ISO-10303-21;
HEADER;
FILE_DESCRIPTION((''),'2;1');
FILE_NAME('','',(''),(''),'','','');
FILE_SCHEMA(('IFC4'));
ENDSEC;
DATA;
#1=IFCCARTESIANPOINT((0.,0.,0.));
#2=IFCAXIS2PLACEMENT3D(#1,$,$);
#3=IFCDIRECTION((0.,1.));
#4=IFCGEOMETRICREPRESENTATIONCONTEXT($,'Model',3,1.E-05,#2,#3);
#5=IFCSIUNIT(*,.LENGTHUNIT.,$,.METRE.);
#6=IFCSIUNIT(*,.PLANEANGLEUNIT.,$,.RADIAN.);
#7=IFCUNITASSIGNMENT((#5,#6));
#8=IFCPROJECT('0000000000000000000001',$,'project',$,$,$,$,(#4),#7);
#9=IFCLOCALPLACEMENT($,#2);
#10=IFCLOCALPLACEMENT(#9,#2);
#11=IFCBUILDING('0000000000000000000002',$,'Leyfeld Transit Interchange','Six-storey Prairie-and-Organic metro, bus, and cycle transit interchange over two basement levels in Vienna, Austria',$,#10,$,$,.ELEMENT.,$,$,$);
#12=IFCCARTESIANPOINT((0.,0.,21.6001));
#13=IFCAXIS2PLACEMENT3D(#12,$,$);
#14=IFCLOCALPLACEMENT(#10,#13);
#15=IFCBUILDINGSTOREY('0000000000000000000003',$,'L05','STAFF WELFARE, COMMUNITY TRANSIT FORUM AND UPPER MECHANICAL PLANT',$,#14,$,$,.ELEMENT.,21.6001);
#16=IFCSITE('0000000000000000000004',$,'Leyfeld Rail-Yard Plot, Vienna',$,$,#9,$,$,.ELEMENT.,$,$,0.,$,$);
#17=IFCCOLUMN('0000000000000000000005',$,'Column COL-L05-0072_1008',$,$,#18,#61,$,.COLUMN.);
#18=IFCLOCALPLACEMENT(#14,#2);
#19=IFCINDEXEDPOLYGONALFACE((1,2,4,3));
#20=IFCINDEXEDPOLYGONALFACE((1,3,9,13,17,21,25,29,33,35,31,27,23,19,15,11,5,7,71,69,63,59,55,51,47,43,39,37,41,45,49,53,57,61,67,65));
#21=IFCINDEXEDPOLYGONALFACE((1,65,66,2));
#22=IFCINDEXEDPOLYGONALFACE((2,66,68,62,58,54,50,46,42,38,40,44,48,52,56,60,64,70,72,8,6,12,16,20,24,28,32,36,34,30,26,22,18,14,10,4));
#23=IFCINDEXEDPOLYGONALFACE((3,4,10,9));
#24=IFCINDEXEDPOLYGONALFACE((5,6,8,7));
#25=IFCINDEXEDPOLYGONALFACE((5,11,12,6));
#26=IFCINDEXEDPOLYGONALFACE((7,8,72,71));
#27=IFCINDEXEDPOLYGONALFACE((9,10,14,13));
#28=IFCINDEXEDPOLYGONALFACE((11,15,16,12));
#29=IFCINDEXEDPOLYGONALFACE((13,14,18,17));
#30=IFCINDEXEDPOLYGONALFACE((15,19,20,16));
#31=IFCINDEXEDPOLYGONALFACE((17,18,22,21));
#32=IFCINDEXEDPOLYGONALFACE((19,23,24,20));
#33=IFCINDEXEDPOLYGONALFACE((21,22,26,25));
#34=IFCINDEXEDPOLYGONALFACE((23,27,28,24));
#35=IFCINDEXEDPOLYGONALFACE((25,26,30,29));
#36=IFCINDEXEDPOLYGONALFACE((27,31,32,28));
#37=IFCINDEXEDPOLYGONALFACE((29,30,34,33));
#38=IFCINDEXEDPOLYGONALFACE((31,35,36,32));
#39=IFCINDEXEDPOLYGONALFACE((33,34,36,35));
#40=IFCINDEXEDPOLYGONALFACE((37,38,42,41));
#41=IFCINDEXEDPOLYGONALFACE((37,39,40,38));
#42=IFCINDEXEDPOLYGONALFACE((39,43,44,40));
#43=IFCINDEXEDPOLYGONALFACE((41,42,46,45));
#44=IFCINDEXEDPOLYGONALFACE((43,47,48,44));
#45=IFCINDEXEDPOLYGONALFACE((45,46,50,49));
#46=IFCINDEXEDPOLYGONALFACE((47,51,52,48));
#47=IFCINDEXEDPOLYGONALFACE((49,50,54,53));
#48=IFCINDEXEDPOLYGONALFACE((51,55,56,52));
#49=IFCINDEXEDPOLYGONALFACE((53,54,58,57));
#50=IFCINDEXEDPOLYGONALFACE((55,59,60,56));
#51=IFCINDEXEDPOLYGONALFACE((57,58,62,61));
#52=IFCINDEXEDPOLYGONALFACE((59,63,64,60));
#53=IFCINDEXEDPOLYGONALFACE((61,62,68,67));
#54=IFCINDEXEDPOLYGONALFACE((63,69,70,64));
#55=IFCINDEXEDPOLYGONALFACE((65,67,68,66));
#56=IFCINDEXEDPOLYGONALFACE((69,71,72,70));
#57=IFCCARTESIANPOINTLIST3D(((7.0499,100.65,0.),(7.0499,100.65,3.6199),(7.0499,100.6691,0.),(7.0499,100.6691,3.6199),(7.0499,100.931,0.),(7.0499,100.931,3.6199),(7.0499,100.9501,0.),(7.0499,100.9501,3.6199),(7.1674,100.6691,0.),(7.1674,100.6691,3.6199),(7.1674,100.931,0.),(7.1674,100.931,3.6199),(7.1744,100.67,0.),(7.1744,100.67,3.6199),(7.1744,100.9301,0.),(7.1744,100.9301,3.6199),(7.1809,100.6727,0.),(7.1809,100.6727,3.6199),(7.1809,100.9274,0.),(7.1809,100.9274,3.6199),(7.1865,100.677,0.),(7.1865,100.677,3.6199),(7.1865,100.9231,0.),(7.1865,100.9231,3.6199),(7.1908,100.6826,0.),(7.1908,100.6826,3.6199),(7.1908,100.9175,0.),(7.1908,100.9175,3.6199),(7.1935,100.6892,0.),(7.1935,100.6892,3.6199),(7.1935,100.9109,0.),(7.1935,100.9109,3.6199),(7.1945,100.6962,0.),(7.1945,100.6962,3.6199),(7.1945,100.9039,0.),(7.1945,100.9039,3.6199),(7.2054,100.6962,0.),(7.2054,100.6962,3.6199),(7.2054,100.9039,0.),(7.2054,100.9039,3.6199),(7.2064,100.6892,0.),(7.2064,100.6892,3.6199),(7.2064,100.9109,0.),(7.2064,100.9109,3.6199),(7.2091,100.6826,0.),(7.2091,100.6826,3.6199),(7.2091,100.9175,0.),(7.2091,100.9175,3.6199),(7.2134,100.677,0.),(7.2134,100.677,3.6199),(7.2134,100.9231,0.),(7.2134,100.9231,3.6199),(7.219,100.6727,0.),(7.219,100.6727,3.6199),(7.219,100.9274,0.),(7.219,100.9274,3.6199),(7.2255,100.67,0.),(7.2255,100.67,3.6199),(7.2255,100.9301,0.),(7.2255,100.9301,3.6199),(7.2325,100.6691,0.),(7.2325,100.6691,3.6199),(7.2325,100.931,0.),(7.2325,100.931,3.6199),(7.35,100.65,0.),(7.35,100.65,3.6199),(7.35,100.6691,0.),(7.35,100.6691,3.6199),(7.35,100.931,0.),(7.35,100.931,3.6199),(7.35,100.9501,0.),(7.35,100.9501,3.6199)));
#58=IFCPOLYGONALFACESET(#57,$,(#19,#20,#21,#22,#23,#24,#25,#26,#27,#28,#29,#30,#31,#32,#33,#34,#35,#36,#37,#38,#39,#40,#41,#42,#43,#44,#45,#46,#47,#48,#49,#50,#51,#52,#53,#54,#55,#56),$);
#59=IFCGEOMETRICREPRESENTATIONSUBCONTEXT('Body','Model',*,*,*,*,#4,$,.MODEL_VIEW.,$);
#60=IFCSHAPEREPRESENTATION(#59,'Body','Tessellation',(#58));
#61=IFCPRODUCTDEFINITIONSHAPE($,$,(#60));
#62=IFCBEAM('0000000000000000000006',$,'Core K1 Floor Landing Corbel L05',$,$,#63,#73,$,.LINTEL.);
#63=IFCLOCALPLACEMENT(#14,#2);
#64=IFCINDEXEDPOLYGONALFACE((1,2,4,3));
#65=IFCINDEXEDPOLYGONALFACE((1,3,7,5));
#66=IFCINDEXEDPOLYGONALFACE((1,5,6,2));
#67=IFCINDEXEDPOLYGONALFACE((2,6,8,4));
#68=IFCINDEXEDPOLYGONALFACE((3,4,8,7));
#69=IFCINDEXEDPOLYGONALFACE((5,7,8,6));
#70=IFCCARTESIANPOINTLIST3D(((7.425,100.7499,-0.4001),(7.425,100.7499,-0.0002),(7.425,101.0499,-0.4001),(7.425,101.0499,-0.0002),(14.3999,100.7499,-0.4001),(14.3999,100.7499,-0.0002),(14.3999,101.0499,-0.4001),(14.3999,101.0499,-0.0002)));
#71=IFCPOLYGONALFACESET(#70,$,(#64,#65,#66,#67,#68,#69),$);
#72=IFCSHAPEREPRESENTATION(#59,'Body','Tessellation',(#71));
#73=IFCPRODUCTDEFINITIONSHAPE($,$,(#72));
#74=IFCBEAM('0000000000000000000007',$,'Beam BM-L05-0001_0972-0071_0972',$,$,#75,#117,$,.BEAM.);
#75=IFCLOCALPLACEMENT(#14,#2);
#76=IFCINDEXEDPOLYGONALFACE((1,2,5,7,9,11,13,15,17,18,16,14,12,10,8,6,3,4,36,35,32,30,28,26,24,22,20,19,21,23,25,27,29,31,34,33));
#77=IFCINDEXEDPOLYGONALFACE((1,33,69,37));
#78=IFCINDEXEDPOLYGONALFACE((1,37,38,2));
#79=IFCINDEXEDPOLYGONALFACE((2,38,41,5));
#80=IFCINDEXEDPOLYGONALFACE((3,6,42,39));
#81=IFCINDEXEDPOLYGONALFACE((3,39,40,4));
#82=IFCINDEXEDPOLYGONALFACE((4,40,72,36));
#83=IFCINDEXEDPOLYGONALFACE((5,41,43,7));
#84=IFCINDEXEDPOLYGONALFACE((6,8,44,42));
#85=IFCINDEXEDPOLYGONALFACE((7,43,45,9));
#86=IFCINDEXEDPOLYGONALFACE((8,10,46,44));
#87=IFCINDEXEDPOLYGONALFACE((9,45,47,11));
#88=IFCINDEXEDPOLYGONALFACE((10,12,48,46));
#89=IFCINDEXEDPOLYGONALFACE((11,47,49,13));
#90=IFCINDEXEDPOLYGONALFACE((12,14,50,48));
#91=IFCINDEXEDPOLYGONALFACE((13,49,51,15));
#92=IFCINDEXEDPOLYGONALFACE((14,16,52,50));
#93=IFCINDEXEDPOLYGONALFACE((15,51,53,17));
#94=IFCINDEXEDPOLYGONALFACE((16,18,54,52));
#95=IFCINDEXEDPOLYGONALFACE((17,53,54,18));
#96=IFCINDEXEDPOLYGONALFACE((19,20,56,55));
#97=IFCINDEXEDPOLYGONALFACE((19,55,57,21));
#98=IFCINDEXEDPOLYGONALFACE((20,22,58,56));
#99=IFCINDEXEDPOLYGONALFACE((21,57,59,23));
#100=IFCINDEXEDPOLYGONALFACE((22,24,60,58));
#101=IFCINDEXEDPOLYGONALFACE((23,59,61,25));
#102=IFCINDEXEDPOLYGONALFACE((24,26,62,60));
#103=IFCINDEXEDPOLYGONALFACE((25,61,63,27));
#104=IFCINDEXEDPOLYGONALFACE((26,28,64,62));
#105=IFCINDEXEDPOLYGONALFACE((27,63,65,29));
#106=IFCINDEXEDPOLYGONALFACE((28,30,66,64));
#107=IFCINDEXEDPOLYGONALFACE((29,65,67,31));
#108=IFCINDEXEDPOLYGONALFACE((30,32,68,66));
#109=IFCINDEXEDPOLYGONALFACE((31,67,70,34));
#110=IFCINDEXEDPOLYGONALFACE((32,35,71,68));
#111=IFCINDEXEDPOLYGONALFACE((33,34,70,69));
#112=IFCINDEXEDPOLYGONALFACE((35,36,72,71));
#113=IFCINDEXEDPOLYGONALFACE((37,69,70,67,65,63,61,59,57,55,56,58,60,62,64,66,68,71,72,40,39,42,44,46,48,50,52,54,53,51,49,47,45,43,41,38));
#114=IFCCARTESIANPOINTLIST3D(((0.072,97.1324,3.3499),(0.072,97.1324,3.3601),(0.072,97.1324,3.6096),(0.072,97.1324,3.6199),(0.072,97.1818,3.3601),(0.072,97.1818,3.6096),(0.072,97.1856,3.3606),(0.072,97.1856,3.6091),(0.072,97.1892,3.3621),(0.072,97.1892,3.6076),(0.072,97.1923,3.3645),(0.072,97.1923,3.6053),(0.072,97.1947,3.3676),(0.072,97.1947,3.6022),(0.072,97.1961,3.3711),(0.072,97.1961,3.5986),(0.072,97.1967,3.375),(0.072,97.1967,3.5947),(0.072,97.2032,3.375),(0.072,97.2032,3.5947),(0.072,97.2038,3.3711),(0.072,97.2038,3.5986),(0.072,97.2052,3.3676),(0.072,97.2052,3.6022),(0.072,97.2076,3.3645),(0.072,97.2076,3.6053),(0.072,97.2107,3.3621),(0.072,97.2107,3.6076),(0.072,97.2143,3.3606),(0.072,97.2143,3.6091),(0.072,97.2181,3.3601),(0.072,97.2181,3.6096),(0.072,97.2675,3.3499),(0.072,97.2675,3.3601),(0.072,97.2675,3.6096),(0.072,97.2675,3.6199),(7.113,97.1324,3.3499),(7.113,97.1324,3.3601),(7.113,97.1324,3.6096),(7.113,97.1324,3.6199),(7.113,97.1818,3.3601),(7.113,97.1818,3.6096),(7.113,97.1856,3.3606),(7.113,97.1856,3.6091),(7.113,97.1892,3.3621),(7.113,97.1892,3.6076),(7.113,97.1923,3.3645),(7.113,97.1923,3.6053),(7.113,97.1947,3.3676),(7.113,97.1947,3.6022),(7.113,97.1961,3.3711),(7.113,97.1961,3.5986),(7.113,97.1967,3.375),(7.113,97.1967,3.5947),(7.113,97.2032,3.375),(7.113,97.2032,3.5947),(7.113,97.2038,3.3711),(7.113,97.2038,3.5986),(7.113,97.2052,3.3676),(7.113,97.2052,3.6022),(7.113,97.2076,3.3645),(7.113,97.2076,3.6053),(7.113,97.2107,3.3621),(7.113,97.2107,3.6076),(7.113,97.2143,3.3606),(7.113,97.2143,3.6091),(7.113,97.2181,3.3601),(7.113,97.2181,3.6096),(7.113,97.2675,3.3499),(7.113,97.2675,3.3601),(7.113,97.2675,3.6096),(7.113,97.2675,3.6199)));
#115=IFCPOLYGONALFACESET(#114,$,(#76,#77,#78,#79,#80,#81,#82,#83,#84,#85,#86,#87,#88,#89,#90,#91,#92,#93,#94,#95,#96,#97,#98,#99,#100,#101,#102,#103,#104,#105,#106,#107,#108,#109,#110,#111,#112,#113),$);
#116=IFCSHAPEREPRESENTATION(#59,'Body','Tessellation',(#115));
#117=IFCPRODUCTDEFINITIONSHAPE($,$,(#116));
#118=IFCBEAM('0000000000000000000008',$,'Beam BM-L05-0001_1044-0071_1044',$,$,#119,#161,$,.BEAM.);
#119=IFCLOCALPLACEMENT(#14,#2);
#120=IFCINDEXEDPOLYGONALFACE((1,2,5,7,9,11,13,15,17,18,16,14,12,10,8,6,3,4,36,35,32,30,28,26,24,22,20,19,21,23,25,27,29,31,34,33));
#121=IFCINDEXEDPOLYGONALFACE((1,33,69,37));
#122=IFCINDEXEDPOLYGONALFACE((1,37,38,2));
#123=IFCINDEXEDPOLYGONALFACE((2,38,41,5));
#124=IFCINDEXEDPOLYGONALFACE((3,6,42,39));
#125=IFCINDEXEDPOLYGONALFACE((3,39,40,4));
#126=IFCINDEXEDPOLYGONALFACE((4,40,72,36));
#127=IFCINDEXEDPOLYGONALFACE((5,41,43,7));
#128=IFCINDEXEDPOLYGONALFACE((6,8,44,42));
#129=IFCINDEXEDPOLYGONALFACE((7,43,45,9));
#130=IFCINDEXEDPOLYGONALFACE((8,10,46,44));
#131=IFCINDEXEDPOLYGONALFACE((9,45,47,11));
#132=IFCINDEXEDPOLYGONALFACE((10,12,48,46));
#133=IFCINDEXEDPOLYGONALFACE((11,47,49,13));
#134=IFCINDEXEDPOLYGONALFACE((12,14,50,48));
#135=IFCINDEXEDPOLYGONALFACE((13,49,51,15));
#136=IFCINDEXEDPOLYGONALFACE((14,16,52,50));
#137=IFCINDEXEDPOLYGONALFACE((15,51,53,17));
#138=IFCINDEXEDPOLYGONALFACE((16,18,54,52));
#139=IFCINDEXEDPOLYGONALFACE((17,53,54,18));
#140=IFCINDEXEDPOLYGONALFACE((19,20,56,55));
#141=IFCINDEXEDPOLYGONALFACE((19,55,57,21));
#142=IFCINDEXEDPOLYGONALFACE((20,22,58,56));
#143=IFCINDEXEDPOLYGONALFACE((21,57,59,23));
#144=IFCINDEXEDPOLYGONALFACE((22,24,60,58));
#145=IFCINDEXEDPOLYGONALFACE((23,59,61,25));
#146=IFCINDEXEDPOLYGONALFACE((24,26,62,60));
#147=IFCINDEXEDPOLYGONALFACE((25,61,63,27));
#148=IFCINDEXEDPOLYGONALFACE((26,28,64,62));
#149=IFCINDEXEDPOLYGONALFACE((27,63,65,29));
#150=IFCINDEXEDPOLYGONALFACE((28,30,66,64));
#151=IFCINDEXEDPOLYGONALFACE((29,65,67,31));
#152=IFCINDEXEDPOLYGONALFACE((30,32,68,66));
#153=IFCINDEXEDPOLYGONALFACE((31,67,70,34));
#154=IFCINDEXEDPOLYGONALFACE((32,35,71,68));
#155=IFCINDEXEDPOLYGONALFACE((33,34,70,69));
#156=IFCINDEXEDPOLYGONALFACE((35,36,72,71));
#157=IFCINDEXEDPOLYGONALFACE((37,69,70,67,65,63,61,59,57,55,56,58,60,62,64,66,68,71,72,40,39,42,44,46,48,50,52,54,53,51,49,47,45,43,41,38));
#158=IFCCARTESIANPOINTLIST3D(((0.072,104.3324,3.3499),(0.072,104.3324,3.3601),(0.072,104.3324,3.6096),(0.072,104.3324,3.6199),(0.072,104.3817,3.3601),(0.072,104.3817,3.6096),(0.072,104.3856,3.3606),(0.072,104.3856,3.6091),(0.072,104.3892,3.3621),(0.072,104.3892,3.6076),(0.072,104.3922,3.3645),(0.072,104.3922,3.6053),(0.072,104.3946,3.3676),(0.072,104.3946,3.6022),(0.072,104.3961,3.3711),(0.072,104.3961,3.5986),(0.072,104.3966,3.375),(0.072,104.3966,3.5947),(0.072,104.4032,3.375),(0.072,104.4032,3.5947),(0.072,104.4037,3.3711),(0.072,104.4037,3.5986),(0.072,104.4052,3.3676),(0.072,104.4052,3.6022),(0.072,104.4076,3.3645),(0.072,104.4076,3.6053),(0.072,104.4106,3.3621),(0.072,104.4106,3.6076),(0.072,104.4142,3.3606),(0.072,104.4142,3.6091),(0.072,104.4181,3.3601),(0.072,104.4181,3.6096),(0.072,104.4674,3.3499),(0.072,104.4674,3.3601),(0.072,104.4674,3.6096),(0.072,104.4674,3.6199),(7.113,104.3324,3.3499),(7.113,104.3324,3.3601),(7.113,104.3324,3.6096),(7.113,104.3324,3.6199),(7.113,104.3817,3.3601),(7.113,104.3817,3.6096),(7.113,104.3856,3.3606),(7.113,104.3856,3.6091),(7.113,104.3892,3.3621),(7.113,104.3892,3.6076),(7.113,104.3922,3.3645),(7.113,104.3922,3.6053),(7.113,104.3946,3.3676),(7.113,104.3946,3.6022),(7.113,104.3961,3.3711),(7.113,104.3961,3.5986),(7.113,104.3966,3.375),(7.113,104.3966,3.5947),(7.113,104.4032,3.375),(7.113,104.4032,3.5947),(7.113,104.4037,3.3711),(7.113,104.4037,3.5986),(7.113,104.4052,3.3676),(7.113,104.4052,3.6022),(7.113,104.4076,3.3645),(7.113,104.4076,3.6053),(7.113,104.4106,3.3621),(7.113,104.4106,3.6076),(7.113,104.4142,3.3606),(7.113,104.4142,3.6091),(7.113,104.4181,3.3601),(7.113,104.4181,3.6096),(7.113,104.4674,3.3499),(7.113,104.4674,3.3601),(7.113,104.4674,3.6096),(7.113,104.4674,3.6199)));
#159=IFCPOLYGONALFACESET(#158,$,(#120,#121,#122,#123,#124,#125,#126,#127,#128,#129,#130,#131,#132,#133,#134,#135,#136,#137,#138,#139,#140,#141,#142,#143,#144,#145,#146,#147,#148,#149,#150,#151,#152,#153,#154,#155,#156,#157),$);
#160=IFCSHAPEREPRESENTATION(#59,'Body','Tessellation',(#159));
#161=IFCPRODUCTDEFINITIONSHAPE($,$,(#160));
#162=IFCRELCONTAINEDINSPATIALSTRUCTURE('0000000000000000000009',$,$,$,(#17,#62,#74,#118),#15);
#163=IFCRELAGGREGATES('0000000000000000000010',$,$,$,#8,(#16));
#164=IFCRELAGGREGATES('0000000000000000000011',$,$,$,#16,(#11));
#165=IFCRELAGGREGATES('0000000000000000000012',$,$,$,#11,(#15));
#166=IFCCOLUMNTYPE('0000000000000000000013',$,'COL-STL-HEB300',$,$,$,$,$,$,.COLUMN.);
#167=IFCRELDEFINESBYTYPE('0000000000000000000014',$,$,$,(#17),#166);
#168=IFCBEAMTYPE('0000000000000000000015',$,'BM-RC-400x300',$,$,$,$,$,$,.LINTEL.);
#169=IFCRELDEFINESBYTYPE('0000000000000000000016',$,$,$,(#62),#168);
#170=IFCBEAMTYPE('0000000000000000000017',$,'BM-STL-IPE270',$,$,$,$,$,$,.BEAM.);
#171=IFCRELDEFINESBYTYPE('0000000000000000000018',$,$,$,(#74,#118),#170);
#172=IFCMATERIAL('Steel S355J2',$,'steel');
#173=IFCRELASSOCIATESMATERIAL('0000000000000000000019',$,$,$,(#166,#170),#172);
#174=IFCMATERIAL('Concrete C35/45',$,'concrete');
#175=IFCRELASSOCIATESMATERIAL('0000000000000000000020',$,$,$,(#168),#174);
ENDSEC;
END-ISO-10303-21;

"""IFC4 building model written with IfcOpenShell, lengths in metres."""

from ifc_helpers import new_model, si_unit, direction, frame, origin, origin_2d, place, context, subcontext, project, spatial, rectangle, i_section, extrude, material, material_profile, profile_set, type_object, element, save


model = new_model("IFC4")

# Units and contexts
model_context = context("Model", 3, precision=1e-05, world=origin(), true_north=direction((0.0, 1.0)))
body_context = subcontext(model_context, "Body", "Model", "MODEL_VIEW")
ifc_project = project(units=[si_unit("LENGTHUNIT", "METRE"), si_unit("PLANEANGLEUNIT", "RADIAN")], contexts=[model_context])

# Site, building, storey
site_placement = place(None, origin())
site = spatial("IfcSite", under=ifc_project, at=site_placement, Name="Leyfeld Rail-Yard Plot, Vienna", CompositionType="ELEMENT", RefElevation=0.0)
building_placement = place(site_placement, origin())
building = spatial("IfcBuilding", under=site, at=building_placement, Name="Leyfeld Transit Interchange", Description="Six-storey Prairie-and-Organic metro, bus, and cycle transit interchange over two basement levels in Vienna, Austria", CompositionType="ELEMENT")
storey_placement = place(building_placement, frame((0.0, 0.0, 21.6001)))
storey = spatial("IfcBuildingStorey", under=building, at=storey_placement, Name="L05", Description="STAFF WELFARE, COMMUNITY TRANSIT FORUM AND UPPER MECHANICAL PLANT", CompositionType="ELEMENT", Elevation=21.6001)

# Column
ifc_material_1 = material(Name="Steel S355J2", Category="steel")
ifc_material_profile_1 = material_profile(ifc_material_1, i_section(OverallWidth=0.3, OverallDepth=0.3, WebThickness=0.011, FlangeThickness=0.019, FilletRadius=0.0271, at=origin_2d()), Name="HEB 300")
ifc_profile_set_1 = profile_set([ifc_material_profile_1], Name="Steel S355J2")
column_type = type_object("IfcColumnType", Name="COL-STL-HEB300", PredefinedType="COLUMN", material=ifc_profile_set_1)
column_placement = place(storey_placement, frame((7.2, 100.8, 0.0), z_axis=(0.0, 0.0, 1.0), x_axis=(1.0, 0.0, 0.0)))
element("IfcColumn", 1, at=column_placement, inside=storey, type_object=column_type, Name="Column COL-L05-0072_1008", PredefinedType="COLUMN", context=body_context, shape_type="SweptSolid", body=[
    extrude(i_section(OverallWidth=0.3, OverallDepth=0.3, WebThickness=0.011, FlangeThickness=0.019, FilletRadius=0.0271, at=origin_2d()), origin(), (0.0, 0.0, 1.0), 3.6199),
])

# Beams
ifc_material_2 = material(Name="Concrete C35/45", Category="concrete")
ifc_material_profile_2 = material_profile(ifc_material_2, rectangle(XDim=0.3, YDim=0.3999, at=origin_2d()), Name="RC 400x300")
ifc_profile_set_2 = profile_set([ifc_material_profile_2], Name="Concrete C35/45")
beam_type_1 = type_object("IfcBeamType", Name="BM-RC-400x300", PredefinedType="LINTEL", material=ifc_profile_set_2)
beam_1_placement = place(storey_placement, frame((7.425, 100.8999, -0.2002), z_axis=(1.0, 0.0, 0.0), x_axis=(0.0, 1.0, 0.0)))
element("IfcBeam", 2, at=beam_1_placement, inside=storey, type_object=beam_type_1, Name="Core K1 Floor Landing Corbel L05", PredefinedType="LINTEL", context=body_context, shape_type="SweptSolid", body=[
    extrude(rectangle(XDim=0.3, YDim=0.3999, at=origin_2d()), origin(), (0.0, 0.0, 1.0), 6.9749),
])
ifc_material_profile_3 = material_profile(ifc_material_1, i_section(OverallWidth=0.135, OverallDepth=0.27, WebThickness=0.0066, FlangeThickness=0.0103, FilletRadius=0.0149, at=origin_2d()), Name="IPE 270")
ifc_profile_set_3 = profile_set([ifc_material_profile_3], Name="Steel S355J2")
beam_type_2 = type_object("IfcBeamType", Name="BM-STL-IPE270", PredefinedType="BEAM", material=ifc_profile_set_3)
for number, where, z_axis, x_axis, name in (
    (3, (0.072, 97.2, 3.4849), (1.0, 0.0, 0.0), (0.0, 1.0, 0.0), "Beam BM-L05-0001_0972-0071_0972"),
    (4, (0.072, 104.3999, 3.4849), (1.0, 0.0, 0.0), (0.0, 1.0, 0.0), "Beam BM-L05-0001_1044-0071_1044"),
):
    element("IfcBeam", number, at=place(storey_placement, frame(where, z_axis=z_axis, x_axis=x_axis)), inside=storey, type_object=beam_type_2, Name=name, PredefinedType="BEAM", context=body_context, shape_type="SweptSolid", body=[
        extrude(i_section(OverallWidth=0.135, OverallDepth=0.27, WebThickness=0.0066, FlangeThickness=0.0103, FilletRadius=0.0149, at=origin_2d()), origin(), (0.0, 0.0, 1.0), 7.041),
    ])

save(model, "model.ifc")
